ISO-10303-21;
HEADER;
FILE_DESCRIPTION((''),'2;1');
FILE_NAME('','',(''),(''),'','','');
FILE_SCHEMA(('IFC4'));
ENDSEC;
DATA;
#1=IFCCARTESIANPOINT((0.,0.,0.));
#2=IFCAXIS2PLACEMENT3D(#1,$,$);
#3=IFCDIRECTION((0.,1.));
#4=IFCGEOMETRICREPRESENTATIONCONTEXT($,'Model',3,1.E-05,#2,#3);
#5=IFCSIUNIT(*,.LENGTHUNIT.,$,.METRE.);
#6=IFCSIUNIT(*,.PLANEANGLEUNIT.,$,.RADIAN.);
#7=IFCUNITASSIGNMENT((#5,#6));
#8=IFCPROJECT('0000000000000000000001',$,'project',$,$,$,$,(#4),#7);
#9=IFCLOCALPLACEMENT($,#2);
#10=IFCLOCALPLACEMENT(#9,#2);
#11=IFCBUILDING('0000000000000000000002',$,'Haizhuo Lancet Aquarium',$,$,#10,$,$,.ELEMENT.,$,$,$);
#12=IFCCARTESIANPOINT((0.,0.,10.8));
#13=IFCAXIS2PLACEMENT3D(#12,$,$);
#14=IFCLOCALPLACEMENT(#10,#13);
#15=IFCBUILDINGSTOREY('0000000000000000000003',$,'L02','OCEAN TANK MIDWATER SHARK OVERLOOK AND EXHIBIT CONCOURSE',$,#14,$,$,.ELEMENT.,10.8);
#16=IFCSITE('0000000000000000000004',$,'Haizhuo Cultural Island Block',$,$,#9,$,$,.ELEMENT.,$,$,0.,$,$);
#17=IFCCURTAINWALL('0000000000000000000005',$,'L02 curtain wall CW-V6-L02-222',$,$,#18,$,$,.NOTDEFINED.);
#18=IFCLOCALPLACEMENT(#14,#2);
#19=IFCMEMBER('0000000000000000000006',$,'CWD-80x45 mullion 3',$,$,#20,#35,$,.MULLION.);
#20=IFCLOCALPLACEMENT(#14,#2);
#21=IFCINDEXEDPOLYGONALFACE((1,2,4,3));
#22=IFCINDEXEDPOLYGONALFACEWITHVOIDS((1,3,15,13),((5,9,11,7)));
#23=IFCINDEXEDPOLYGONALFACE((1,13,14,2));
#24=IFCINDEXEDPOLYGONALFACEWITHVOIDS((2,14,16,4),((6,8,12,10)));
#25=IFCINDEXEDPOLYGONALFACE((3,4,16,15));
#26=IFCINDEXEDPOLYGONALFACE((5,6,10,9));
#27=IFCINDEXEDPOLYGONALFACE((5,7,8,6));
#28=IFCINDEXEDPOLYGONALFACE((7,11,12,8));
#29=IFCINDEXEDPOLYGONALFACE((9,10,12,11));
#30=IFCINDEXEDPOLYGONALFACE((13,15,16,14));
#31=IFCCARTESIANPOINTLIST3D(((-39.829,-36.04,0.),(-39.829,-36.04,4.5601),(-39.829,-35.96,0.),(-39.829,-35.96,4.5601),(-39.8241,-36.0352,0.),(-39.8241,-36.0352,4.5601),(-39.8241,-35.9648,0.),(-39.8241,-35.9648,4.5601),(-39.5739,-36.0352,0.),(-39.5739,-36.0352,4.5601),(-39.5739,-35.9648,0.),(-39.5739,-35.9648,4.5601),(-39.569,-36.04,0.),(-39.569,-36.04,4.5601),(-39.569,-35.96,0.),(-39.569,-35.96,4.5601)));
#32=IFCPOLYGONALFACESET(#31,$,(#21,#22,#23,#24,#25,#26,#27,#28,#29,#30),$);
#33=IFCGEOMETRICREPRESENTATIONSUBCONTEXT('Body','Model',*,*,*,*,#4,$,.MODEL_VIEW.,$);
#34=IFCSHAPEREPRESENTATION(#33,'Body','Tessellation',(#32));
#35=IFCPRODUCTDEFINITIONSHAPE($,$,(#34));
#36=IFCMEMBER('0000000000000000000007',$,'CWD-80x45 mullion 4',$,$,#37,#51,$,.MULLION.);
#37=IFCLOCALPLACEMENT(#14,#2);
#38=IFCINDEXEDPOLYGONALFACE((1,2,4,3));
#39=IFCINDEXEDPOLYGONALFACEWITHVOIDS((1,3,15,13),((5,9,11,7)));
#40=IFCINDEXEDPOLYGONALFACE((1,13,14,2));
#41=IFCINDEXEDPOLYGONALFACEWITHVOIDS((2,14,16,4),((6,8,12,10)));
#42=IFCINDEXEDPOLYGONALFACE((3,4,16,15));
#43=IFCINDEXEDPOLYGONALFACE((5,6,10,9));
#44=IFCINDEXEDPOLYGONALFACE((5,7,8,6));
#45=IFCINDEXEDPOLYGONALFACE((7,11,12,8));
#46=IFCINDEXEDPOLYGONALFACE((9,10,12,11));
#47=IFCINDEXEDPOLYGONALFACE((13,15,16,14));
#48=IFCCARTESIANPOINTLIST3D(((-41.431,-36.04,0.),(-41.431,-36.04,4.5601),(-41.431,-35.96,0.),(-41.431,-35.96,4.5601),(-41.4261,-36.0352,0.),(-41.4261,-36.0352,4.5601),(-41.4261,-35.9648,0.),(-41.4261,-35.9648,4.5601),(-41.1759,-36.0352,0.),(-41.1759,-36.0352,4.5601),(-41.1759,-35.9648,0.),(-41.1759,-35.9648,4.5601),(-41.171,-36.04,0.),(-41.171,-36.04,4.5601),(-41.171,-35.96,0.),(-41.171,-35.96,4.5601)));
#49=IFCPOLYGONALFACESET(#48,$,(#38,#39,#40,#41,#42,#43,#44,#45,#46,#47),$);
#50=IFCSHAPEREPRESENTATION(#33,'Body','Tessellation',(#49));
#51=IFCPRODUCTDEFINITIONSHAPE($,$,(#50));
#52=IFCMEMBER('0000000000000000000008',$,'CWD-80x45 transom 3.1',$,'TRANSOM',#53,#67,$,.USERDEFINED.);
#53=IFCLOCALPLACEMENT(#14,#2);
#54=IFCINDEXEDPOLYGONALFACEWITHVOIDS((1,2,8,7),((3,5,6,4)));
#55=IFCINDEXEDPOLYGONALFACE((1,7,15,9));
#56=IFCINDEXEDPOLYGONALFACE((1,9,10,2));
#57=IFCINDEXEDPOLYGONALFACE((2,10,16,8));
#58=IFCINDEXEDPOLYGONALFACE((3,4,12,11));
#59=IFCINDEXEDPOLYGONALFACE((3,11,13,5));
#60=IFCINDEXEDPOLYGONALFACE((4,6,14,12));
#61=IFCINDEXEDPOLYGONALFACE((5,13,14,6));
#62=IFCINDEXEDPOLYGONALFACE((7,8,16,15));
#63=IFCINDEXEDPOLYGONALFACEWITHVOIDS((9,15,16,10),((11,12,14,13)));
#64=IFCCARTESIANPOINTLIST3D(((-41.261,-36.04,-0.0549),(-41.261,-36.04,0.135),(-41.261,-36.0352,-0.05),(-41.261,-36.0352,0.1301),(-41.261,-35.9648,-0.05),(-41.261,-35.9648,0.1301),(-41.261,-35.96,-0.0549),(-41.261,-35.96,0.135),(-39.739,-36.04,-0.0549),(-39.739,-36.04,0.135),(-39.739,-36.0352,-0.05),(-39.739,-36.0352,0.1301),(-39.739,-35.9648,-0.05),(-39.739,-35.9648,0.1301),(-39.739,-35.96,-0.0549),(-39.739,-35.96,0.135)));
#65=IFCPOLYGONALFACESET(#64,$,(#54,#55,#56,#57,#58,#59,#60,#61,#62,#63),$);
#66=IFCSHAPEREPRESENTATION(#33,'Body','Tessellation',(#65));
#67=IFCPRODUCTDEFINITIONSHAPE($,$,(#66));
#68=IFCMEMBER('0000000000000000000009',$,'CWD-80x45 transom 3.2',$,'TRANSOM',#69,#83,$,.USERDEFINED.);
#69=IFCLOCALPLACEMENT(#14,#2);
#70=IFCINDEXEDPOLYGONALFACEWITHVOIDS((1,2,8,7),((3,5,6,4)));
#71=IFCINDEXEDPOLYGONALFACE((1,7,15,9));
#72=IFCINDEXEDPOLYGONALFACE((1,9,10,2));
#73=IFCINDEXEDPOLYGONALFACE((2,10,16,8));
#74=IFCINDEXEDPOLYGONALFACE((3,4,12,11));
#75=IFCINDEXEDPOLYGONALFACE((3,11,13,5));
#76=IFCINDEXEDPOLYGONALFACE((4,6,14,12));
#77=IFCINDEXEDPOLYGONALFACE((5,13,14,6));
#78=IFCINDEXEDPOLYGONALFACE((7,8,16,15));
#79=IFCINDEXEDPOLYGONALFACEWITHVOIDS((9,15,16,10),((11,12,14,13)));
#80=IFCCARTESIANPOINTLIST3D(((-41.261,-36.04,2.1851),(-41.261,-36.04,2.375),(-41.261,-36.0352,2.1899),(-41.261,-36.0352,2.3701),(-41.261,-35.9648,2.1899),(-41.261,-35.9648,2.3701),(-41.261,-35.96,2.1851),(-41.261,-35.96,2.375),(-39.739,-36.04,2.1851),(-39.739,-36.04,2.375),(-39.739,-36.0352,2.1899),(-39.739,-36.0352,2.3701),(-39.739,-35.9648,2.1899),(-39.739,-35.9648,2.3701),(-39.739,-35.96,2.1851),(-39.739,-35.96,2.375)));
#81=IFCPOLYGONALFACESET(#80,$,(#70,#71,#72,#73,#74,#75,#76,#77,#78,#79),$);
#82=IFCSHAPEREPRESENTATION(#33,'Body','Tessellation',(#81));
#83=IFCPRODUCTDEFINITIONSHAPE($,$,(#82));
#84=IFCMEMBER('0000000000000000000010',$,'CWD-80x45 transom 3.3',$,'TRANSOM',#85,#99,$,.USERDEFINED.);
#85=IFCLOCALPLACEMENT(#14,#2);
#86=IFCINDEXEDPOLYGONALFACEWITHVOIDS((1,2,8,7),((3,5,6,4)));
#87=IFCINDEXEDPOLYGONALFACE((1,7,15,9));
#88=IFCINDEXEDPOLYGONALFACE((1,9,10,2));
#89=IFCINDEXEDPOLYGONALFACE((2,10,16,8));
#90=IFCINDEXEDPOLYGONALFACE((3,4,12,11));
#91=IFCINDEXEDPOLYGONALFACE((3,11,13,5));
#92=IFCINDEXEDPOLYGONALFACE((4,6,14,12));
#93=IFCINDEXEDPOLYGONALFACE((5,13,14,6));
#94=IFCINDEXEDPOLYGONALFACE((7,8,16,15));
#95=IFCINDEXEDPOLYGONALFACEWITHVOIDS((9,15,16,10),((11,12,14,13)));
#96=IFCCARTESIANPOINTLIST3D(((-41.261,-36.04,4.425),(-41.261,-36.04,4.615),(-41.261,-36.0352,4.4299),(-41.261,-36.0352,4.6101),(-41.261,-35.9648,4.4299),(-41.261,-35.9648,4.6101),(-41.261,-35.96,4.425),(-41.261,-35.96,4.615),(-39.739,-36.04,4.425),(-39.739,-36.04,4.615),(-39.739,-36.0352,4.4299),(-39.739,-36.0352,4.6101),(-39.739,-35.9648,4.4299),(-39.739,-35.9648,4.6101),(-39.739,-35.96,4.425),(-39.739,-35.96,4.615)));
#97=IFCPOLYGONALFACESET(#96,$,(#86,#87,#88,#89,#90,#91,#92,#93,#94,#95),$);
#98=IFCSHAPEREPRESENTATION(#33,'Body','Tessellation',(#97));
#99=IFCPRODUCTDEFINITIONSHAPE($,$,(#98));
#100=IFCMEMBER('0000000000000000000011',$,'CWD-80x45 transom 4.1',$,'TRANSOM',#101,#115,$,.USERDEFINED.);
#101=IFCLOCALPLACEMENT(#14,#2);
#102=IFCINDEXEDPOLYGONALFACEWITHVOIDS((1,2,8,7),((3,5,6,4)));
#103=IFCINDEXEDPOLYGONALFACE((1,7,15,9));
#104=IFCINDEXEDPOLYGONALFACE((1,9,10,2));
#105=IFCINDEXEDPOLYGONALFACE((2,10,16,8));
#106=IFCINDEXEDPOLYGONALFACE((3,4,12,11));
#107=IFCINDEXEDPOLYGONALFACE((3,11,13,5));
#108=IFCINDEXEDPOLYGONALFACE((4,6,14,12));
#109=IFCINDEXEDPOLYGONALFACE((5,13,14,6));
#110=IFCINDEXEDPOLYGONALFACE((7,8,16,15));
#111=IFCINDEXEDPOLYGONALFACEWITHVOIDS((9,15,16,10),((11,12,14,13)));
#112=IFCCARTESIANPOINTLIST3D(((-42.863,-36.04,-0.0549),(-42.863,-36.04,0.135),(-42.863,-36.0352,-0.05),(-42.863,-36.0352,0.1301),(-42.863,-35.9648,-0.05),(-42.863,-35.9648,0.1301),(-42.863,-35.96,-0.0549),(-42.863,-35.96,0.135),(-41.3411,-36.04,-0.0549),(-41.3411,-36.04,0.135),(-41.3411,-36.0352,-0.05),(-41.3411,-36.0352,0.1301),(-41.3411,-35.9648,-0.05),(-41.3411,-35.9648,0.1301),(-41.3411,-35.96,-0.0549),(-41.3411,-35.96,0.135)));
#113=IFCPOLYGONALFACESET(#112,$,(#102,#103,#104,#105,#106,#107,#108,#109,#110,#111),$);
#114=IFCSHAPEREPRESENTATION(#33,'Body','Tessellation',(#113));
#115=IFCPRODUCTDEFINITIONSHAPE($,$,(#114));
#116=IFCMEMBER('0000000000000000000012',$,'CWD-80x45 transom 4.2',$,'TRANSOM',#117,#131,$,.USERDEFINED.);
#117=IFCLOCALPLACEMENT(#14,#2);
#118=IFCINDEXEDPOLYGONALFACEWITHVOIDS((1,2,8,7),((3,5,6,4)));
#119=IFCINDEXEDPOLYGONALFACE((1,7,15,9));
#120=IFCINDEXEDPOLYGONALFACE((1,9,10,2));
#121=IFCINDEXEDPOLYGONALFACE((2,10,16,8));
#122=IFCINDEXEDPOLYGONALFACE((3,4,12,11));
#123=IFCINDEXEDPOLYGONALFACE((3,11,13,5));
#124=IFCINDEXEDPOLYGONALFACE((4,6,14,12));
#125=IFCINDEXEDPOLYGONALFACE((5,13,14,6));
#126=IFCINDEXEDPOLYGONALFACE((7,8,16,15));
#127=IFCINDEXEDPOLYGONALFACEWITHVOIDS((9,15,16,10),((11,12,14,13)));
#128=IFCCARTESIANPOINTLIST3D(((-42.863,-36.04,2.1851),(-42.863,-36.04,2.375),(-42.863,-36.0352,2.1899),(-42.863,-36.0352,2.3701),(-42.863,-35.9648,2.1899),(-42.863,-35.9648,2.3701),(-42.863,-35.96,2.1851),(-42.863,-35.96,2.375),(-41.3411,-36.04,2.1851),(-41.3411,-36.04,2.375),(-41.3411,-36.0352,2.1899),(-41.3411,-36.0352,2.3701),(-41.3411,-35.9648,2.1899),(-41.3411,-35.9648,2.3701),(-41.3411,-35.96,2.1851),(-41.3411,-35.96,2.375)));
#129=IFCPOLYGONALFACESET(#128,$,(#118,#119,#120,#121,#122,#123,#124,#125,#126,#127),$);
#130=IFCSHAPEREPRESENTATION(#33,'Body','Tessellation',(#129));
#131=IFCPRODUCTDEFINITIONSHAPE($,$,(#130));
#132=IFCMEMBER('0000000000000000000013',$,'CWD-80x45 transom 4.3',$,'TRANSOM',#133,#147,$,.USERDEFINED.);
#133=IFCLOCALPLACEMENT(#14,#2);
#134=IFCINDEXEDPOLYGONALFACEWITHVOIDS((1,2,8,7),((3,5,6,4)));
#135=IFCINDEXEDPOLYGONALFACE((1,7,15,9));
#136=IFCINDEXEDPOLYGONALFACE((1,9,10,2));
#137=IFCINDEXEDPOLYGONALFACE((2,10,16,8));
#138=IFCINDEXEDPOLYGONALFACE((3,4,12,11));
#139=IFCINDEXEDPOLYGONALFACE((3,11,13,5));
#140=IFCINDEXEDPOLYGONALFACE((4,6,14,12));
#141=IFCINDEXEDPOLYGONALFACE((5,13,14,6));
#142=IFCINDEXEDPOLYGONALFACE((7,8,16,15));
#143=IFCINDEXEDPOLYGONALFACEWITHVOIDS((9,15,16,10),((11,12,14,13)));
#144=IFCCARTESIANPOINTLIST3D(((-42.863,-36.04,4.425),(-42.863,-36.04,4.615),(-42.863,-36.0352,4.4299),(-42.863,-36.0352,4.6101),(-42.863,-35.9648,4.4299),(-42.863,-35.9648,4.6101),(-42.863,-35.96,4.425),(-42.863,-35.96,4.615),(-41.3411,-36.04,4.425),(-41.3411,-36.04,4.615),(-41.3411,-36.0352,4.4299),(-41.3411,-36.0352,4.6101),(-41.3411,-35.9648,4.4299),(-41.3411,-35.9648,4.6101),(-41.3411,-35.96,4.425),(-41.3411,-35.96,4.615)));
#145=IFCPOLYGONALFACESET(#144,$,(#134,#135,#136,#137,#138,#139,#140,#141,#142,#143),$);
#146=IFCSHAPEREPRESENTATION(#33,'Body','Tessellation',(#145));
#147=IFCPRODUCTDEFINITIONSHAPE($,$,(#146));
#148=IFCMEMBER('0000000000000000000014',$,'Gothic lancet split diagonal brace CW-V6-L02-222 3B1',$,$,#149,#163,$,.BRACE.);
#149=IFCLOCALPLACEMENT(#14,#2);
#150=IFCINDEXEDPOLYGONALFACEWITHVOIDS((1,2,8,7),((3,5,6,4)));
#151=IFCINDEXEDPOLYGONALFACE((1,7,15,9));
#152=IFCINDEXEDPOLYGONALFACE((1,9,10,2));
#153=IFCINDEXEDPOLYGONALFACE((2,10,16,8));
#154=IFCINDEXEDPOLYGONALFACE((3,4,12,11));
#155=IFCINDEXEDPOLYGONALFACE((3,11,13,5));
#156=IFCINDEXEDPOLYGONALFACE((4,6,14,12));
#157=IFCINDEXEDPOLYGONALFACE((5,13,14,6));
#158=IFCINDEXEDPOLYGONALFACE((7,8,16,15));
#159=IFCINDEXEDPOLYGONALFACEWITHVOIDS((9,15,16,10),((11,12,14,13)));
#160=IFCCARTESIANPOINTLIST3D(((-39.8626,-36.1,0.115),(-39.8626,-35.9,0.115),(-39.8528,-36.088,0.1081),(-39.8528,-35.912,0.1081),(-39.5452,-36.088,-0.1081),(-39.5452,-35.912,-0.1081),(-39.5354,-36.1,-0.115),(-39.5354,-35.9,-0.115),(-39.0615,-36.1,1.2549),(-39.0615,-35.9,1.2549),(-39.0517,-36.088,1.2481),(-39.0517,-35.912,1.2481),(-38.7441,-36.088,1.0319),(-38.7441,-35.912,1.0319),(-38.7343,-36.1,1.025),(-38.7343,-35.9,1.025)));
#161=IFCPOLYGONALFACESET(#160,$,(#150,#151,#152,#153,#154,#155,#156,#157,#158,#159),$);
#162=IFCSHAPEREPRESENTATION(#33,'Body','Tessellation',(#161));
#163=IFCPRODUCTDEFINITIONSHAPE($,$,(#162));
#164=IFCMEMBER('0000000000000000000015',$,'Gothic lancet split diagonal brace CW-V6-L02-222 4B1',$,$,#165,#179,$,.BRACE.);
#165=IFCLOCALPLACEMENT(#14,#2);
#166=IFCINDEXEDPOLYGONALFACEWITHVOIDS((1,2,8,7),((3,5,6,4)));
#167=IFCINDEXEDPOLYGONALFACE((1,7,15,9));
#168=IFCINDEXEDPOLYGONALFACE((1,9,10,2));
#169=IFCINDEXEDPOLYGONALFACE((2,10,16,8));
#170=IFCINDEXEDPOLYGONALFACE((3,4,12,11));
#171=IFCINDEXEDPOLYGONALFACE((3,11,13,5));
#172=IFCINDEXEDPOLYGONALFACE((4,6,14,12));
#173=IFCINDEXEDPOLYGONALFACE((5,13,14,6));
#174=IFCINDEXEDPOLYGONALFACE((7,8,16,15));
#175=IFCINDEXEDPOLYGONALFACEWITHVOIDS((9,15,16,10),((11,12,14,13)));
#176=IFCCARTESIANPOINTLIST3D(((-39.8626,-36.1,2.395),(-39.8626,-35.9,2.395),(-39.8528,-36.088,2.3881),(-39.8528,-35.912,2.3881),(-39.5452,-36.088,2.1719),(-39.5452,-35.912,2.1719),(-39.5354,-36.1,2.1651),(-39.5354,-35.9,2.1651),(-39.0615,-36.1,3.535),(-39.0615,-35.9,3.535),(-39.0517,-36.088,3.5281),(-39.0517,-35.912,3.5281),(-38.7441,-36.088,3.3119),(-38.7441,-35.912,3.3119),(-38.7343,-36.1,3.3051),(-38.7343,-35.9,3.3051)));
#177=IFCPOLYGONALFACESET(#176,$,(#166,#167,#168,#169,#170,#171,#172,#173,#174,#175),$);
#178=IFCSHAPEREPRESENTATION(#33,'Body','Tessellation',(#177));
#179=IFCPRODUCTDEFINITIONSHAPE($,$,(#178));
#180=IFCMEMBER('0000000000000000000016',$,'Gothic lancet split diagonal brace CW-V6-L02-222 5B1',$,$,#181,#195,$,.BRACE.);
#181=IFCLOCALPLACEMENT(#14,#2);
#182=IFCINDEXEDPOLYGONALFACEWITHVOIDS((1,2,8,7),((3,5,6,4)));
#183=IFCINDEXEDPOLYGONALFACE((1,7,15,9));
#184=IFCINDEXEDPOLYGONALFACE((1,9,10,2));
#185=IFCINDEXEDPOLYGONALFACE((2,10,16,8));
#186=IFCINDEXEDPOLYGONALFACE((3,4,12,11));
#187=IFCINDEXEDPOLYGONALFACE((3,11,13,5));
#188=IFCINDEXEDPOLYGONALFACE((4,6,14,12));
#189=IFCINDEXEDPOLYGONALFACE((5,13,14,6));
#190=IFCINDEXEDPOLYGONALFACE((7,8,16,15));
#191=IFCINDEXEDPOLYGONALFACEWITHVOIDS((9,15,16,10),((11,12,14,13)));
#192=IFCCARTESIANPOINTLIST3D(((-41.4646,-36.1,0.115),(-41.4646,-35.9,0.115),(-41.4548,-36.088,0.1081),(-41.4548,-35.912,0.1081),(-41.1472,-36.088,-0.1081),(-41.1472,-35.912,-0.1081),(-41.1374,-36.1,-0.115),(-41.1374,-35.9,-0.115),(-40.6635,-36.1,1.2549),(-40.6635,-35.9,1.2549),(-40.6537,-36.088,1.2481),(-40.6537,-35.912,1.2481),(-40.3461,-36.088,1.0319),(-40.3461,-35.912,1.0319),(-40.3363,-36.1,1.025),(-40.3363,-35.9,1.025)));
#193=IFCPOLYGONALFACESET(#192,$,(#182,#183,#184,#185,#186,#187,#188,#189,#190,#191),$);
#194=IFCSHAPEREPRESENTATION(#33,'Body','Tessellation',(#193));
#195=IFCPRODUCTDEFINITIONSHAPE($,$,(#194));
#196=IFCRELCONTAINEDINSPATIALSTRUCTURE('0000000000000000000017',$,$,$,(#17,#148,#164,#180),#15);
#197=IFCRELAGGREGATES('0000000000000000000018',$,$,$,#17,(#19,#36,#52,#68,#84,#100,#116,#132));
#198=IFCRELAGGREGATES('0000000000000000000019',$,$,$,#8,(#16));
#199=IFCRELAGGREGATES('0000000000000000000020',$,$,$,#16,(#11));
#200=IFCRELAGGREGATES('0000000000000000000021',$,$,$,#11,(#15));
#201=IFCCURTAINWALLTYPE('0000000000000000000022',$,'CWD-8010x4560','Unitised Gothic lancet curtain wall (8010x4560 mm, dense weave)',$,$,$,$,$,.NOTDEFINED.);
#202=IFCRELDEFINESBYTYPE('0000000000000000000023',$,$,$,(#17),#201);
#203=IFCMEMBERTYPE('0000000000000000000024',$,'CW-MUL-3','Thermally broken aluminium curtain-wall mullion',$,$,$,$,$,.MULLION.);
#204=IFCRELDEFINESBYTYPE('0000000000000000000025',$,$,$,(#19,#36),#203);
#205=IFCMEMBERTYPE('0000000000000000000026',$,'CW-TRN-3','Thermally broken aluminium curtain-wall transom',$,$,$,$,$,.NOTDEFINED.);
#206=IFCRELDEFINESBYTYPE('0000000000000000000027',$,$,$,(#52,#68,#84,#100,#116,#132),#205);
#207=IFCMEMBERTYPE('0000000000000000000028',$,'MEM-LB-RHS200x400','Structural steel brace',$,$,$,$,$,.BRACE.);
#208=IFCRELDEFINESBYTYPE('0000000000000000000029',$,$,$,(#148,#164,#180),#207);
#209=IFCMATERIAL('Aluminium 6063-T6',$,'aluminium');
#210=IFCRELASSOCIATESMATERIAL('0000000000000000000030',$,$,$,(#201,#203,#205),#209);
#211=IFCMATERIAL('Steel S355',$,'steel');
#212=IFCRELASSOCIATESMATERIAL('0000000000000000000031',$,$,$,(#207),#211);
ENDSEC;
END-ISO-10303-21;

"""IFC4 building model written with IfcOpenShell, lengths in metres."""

from ifc_helpers import new_model, si_unit, direction, frame, origin, origin_2d, place, context, subcontext, project, spatial, hollow_rectangle, extrude, material, material_profile, profile_set, type_object, element, aggregate, save


model = new_model("IFC4")

# Units and contexts
model_context = context("Model", 3, precision=1e-05, world=origin(), true_north=direction((0.0, 1.0)))
body_context = subcontext(model_context, "Body", "Model", "MODEL_VIEW")
ifc_project = project(units=[si_unit("LENGTHUNIT", "METRE"), si_unit("PLANEANGLEUNIT", "RADIAN")], contexts=[model_context])

# Site, building, storey
site_placement = place(None, origin())
site = spatial("IfcSite", under=ifc_project, at=site_placement, Name="Haizhuo Cultural Island Block", CompositionType="ELEMENT", RefElevation=0.0)
building_placement = place(site_placement, origin())
building = spatial("IfcBuilding", under=site, at=building_placement, Name="Haizhuo Lancet Aquarium", CompositionType="ELEMENT")
storey_placement = place(building_placement, frame((0.0, 0.0, 10.8)))
storey = spatial("IfcBuildingStorey", under=building, at=storey_placement, Name="L02", Description="OCEAN TANK MIDWATER SHARK OVERLOOK AND EXHIBIT CONCOURSE", CompositionType="ELEMENT", Elevation=10.8)

# Curtain wall, members
ifc_material_1 = material(Name="Aluminium 6063-T6", Category="aluminium")
curtain_wall_type = type_object("IfcCurtainWallType", Name="CWD-8010x4560", Description="Unitised Gothic lancet curtain wall (8010x4560 mm, dense weave)", PredefinedType="NOTDEFINED", material=ifc_material_1)
curtain_wall_placement = place(storey_placement, origin())
curtain_wall = element("IfcCurtainWall", 1, at=curtain_wall_placement, inside=storey, type_object=curtain_wall_type, Name="L02 curtain wall CW-V6-L02-222", PredefinedType="NOTDEFINED")
ifc_material_profile_1 = material_profile(ifc_material_1, hollow_rectangle(XDim=0.0801, YDim=0.26, WallThickness=0.0049, at=origin_2d()), Name="ALU-M 80x260x5")
ifc_profile_set_1 = profile_set([ifc_material_profile_1], Name="Aluminium 6063-T6")
member_type_1 = type_object("IfcMemberType", Name="CW-MUL-3", Description="Thermally broken aluminium curtain-wall mullion", PredefinedType="MULLION", material=ifc_profile_set_1)
member_1_placement = place(storey_placement, frame((-39.699, -36.0, 0.0), z_axis=(0.0, 0.0, 1.0), x_axis=(0.0, -1.0, 0.0)))
member_1 = element("IfcMember", 2, at=member_1_placement, type_object=member_type_1, Name="CWD-80x45 mullion 3", PredefinedType="MULLION", context=body_context, shape_type="SweptSolid", body=[
    extrude(hollow_rectangle(XDim=0.0801, YDim=0.26, WallThickness=0.0049, at=origin_2d()), origin(), (0.0, 0.0, 1.0), 4.5601),
])
member_2_placement = place(storey_placement, frame((-41.301, -36.0, 0.0), z_axis=(0.0, 0.0, 1.0), x_axis=(0.0, -1.0, 0.0)))
member_2 = element("IfcMember", 3, at=member_2_placement, type_object=member_type_1, Name="CWD-80x45 mullion 4", PredefinedType="MULLION", context=body_context, shape_type="SweptSolid", body=[
    extrude(hollow_rectangle(XDim=0.0801, YDim=0.26, WallThickness=0.0049, at=origin_2d()), origin(), (0.0, 0.0, 1.0), 4.5601),
])
ifc_material_profile_2 = material_profile(ifc_material_1, hollow_rectangle(XDim=0.0801, YDim=0.1899, WallThickness=0.0049, at=origin_2d()), Name="ALU-T 80x190x5")
ifc_profile_set_2 = profile_set([ifc_material_profile_2], Name="Aluminium 6063-T6")
member_type_2 = type_object("IfcMemberType", Name="CW-TRN-3", Description="Thermally broken aluminium curtain-wall transom", PredefinedType="NOTDEFINED", material=ifc_profile_set_2)
member_3_placement = place(storey_placement, frame((-39.739, -36.0, 0.04), z_axis=(-1.0, 0.0, 0.0), x_axis=(0.0, -1.0, 0.0)))
member_3 = element("IfcMember", 4, at=member_3_placement, type_object=member_type_2, Name="CWD-80x45 transom 3.1", ObjectType="TRANSOM", PredefinedType="USERDEFINED", context=body_context, shape_type="SweptSolid", body=[
    extrude(hollow_rectangle(XDim=0.0801, YDim=0.1899, WallThickness=0.0049, at=origin_2d()), origin(), (0.0, 0.0, 1.0), 1.522),
])
member_4_placement = place(storey_placement, frame((-39.739, -36.0, 2.28), z_axis=(-1.0, 0.0, 0.0), x_axis=(0.0, -1.0, 0.0)))
member_4 = element("IfcMember", 5, at=member_4_placement, type_object=member_type_2, Name="CWD-80x45 transom 3.2", ObjectType="TRANSOM", PredefinedType="USERDEFINED", context=body_context, shape_type="SweptSolid", body=[
    extrude(hollow_rectangle(XDim=0.0801, YDim=0.1899, WallThickness=0.0049, at=origin_2d()), origin(), (0.0, 0.0, 1.0), 1.522),
])
member_5_placement = place(storey_placement, frame((-39.739, -36.0, 4.52), z_axis=(-1.0, 0.0, 0.0), x_axis=(0.0, -1.0, 0.0)))
member_5 = element("IfcMember", 6, at=member_5_placement, type_object=member_type_2, Name="CWD-80x45 transom 3.3", ObjectType="TRANSOM", PredefinedType="USERDEFINED", context=body_context, shape_type="SweptSolid", body=[
    extrude(hollow_rectangle(XDim=0.0801, YDim=0.1899, WallThickness=0.0049, at=origin_2d()), origin(), (0.0, 0.0, 1.0), 1.522),
])
member_6_placement = place(storey_placement, frame((-41.3411, -36.0, 0.04), z_axis=(-1.0, 0.0, 0.0), x_axis=(0.0, -1.0, 0.0)))
member_6 = element("IfcMember", 7, at=member_6_placement, type_object=member_type_2, Name="CWD-80x45 transom 4.1", ObjectType="TRANSOM", PredefinedType="USERDEFINED", context=body_context, shape_type="SweptSolid", body=[
    extrude(hollow_rectangle(XDim=0.0801, YDim=0.1899, WallThickness=0.0049, at=origin_2d()), origin(), (0.0, 0.0, 1.0), 1.522),
])
member_7_placement = place(storey_placement, frame((-41.3411, -36.0, 2.28), z_axis=(-1.0, 0.0, 0.0), x_axis=(0.0, -1.0, 0.0)))
member_7 = element("IfcMember", 8, at=member_7_placement, type_object=member_type_2, Name="CWD-80x45 transom 4.2", ObjectType="TRANSOM", PredefinedType="USERDEFINED", context=body_context, shape_type="SweptSolid", body=[
    extrude(hollow_rectangle(XDim=0.0801, YDim=0.1899, WallThickness=0.0049, at=origin_2d()), origin(), (0.0, 0.0, 1.0), 1.522),
])
member_8_placement = place(storey_placement, frame((-41.3411, -36.0, 4.52), z_axis=(-1.0, 0.0, 0.0), x_axis=(0.0, -1.0, 0.0)))
member_8 = element("IfcMember", 9, at=member_8_placement, type_object=member_type_2, Name="CWD-80x45 transom 4.3", ObjectType="TRANSOM", PredefinedType="USERDEFINED", context=body_context, shape_type="SweptSolid", body=[
    extrude(hollow_rectangle(XDim=0.0801, YDim=0.1899, WallThickness=0.0049, at=origin_2d()), origin(), (0.0, 0.0, 1.0), 1.522),
])

# Members
ifc_material_2 = material(Name="Steel S355", Category="steel")
ifc_material_profile_3 = material_profile(ifc_material_2, hollow_rectangle(XDim=0.2, YDim=0.3999, WallThickness=0.012, at=origin_2d()), Name="RHS 200x400x12")
ifc_profile_set_3 = profile_set([ifc_material_profile_3], Name="Steel S355")
member_type_3 = type_object("IfcMemberType", Name="MEM-LB-RHS200x400", Description="Structural steel brace", PredefinedType="BRACE", material=ifc_profile_set_3)
for number, where, z_axis, x_axis, name in (
    (10, (-39.699, -36.0, 0.0), (0.574955, 0.0, 0.818185), (0.0, 1.0, 0.0), "Gothic lancet split diagonal brace CW-V6-L02-222 3B1"),
    (11, (-39.699, -36.0, 2.28), (0.574955, 0.0, 0.818185), (0.0, 1.0, 0.0), "Gothic lancet split diagonal brace CW-V6-L02-222 4B1"),
    (12, (-41.301, -36.0, 0.0), (0.574955, 0.0, 0.818185), (0.0, 1.0, 0.0), "Gothic lancet split diagonal brace CW-V6-L02-222 5B1"),
):
    element("IfcMember", number, at=place(storey_placement, frame(where, z_axis=z_axis, x_axis=x_axis)), inside=storey, type_object=member_type_3, Name=name, PredefinedType="BRACE", context=body_context, shape_type="SweptSolid", body=[
        extrude(hollow_rectangle(XDim=0.2, YDim=0.3999, WallThickness=0.012, at=origin_2d()), origin(), (0.0, 0.0, 1.0), 1.3933),
    ])

aggregate(curtain_wall, [member_1, member_2, member_3, member_4, member_5, member_6, member_7, member_8])

save(model, "model.ifc")
